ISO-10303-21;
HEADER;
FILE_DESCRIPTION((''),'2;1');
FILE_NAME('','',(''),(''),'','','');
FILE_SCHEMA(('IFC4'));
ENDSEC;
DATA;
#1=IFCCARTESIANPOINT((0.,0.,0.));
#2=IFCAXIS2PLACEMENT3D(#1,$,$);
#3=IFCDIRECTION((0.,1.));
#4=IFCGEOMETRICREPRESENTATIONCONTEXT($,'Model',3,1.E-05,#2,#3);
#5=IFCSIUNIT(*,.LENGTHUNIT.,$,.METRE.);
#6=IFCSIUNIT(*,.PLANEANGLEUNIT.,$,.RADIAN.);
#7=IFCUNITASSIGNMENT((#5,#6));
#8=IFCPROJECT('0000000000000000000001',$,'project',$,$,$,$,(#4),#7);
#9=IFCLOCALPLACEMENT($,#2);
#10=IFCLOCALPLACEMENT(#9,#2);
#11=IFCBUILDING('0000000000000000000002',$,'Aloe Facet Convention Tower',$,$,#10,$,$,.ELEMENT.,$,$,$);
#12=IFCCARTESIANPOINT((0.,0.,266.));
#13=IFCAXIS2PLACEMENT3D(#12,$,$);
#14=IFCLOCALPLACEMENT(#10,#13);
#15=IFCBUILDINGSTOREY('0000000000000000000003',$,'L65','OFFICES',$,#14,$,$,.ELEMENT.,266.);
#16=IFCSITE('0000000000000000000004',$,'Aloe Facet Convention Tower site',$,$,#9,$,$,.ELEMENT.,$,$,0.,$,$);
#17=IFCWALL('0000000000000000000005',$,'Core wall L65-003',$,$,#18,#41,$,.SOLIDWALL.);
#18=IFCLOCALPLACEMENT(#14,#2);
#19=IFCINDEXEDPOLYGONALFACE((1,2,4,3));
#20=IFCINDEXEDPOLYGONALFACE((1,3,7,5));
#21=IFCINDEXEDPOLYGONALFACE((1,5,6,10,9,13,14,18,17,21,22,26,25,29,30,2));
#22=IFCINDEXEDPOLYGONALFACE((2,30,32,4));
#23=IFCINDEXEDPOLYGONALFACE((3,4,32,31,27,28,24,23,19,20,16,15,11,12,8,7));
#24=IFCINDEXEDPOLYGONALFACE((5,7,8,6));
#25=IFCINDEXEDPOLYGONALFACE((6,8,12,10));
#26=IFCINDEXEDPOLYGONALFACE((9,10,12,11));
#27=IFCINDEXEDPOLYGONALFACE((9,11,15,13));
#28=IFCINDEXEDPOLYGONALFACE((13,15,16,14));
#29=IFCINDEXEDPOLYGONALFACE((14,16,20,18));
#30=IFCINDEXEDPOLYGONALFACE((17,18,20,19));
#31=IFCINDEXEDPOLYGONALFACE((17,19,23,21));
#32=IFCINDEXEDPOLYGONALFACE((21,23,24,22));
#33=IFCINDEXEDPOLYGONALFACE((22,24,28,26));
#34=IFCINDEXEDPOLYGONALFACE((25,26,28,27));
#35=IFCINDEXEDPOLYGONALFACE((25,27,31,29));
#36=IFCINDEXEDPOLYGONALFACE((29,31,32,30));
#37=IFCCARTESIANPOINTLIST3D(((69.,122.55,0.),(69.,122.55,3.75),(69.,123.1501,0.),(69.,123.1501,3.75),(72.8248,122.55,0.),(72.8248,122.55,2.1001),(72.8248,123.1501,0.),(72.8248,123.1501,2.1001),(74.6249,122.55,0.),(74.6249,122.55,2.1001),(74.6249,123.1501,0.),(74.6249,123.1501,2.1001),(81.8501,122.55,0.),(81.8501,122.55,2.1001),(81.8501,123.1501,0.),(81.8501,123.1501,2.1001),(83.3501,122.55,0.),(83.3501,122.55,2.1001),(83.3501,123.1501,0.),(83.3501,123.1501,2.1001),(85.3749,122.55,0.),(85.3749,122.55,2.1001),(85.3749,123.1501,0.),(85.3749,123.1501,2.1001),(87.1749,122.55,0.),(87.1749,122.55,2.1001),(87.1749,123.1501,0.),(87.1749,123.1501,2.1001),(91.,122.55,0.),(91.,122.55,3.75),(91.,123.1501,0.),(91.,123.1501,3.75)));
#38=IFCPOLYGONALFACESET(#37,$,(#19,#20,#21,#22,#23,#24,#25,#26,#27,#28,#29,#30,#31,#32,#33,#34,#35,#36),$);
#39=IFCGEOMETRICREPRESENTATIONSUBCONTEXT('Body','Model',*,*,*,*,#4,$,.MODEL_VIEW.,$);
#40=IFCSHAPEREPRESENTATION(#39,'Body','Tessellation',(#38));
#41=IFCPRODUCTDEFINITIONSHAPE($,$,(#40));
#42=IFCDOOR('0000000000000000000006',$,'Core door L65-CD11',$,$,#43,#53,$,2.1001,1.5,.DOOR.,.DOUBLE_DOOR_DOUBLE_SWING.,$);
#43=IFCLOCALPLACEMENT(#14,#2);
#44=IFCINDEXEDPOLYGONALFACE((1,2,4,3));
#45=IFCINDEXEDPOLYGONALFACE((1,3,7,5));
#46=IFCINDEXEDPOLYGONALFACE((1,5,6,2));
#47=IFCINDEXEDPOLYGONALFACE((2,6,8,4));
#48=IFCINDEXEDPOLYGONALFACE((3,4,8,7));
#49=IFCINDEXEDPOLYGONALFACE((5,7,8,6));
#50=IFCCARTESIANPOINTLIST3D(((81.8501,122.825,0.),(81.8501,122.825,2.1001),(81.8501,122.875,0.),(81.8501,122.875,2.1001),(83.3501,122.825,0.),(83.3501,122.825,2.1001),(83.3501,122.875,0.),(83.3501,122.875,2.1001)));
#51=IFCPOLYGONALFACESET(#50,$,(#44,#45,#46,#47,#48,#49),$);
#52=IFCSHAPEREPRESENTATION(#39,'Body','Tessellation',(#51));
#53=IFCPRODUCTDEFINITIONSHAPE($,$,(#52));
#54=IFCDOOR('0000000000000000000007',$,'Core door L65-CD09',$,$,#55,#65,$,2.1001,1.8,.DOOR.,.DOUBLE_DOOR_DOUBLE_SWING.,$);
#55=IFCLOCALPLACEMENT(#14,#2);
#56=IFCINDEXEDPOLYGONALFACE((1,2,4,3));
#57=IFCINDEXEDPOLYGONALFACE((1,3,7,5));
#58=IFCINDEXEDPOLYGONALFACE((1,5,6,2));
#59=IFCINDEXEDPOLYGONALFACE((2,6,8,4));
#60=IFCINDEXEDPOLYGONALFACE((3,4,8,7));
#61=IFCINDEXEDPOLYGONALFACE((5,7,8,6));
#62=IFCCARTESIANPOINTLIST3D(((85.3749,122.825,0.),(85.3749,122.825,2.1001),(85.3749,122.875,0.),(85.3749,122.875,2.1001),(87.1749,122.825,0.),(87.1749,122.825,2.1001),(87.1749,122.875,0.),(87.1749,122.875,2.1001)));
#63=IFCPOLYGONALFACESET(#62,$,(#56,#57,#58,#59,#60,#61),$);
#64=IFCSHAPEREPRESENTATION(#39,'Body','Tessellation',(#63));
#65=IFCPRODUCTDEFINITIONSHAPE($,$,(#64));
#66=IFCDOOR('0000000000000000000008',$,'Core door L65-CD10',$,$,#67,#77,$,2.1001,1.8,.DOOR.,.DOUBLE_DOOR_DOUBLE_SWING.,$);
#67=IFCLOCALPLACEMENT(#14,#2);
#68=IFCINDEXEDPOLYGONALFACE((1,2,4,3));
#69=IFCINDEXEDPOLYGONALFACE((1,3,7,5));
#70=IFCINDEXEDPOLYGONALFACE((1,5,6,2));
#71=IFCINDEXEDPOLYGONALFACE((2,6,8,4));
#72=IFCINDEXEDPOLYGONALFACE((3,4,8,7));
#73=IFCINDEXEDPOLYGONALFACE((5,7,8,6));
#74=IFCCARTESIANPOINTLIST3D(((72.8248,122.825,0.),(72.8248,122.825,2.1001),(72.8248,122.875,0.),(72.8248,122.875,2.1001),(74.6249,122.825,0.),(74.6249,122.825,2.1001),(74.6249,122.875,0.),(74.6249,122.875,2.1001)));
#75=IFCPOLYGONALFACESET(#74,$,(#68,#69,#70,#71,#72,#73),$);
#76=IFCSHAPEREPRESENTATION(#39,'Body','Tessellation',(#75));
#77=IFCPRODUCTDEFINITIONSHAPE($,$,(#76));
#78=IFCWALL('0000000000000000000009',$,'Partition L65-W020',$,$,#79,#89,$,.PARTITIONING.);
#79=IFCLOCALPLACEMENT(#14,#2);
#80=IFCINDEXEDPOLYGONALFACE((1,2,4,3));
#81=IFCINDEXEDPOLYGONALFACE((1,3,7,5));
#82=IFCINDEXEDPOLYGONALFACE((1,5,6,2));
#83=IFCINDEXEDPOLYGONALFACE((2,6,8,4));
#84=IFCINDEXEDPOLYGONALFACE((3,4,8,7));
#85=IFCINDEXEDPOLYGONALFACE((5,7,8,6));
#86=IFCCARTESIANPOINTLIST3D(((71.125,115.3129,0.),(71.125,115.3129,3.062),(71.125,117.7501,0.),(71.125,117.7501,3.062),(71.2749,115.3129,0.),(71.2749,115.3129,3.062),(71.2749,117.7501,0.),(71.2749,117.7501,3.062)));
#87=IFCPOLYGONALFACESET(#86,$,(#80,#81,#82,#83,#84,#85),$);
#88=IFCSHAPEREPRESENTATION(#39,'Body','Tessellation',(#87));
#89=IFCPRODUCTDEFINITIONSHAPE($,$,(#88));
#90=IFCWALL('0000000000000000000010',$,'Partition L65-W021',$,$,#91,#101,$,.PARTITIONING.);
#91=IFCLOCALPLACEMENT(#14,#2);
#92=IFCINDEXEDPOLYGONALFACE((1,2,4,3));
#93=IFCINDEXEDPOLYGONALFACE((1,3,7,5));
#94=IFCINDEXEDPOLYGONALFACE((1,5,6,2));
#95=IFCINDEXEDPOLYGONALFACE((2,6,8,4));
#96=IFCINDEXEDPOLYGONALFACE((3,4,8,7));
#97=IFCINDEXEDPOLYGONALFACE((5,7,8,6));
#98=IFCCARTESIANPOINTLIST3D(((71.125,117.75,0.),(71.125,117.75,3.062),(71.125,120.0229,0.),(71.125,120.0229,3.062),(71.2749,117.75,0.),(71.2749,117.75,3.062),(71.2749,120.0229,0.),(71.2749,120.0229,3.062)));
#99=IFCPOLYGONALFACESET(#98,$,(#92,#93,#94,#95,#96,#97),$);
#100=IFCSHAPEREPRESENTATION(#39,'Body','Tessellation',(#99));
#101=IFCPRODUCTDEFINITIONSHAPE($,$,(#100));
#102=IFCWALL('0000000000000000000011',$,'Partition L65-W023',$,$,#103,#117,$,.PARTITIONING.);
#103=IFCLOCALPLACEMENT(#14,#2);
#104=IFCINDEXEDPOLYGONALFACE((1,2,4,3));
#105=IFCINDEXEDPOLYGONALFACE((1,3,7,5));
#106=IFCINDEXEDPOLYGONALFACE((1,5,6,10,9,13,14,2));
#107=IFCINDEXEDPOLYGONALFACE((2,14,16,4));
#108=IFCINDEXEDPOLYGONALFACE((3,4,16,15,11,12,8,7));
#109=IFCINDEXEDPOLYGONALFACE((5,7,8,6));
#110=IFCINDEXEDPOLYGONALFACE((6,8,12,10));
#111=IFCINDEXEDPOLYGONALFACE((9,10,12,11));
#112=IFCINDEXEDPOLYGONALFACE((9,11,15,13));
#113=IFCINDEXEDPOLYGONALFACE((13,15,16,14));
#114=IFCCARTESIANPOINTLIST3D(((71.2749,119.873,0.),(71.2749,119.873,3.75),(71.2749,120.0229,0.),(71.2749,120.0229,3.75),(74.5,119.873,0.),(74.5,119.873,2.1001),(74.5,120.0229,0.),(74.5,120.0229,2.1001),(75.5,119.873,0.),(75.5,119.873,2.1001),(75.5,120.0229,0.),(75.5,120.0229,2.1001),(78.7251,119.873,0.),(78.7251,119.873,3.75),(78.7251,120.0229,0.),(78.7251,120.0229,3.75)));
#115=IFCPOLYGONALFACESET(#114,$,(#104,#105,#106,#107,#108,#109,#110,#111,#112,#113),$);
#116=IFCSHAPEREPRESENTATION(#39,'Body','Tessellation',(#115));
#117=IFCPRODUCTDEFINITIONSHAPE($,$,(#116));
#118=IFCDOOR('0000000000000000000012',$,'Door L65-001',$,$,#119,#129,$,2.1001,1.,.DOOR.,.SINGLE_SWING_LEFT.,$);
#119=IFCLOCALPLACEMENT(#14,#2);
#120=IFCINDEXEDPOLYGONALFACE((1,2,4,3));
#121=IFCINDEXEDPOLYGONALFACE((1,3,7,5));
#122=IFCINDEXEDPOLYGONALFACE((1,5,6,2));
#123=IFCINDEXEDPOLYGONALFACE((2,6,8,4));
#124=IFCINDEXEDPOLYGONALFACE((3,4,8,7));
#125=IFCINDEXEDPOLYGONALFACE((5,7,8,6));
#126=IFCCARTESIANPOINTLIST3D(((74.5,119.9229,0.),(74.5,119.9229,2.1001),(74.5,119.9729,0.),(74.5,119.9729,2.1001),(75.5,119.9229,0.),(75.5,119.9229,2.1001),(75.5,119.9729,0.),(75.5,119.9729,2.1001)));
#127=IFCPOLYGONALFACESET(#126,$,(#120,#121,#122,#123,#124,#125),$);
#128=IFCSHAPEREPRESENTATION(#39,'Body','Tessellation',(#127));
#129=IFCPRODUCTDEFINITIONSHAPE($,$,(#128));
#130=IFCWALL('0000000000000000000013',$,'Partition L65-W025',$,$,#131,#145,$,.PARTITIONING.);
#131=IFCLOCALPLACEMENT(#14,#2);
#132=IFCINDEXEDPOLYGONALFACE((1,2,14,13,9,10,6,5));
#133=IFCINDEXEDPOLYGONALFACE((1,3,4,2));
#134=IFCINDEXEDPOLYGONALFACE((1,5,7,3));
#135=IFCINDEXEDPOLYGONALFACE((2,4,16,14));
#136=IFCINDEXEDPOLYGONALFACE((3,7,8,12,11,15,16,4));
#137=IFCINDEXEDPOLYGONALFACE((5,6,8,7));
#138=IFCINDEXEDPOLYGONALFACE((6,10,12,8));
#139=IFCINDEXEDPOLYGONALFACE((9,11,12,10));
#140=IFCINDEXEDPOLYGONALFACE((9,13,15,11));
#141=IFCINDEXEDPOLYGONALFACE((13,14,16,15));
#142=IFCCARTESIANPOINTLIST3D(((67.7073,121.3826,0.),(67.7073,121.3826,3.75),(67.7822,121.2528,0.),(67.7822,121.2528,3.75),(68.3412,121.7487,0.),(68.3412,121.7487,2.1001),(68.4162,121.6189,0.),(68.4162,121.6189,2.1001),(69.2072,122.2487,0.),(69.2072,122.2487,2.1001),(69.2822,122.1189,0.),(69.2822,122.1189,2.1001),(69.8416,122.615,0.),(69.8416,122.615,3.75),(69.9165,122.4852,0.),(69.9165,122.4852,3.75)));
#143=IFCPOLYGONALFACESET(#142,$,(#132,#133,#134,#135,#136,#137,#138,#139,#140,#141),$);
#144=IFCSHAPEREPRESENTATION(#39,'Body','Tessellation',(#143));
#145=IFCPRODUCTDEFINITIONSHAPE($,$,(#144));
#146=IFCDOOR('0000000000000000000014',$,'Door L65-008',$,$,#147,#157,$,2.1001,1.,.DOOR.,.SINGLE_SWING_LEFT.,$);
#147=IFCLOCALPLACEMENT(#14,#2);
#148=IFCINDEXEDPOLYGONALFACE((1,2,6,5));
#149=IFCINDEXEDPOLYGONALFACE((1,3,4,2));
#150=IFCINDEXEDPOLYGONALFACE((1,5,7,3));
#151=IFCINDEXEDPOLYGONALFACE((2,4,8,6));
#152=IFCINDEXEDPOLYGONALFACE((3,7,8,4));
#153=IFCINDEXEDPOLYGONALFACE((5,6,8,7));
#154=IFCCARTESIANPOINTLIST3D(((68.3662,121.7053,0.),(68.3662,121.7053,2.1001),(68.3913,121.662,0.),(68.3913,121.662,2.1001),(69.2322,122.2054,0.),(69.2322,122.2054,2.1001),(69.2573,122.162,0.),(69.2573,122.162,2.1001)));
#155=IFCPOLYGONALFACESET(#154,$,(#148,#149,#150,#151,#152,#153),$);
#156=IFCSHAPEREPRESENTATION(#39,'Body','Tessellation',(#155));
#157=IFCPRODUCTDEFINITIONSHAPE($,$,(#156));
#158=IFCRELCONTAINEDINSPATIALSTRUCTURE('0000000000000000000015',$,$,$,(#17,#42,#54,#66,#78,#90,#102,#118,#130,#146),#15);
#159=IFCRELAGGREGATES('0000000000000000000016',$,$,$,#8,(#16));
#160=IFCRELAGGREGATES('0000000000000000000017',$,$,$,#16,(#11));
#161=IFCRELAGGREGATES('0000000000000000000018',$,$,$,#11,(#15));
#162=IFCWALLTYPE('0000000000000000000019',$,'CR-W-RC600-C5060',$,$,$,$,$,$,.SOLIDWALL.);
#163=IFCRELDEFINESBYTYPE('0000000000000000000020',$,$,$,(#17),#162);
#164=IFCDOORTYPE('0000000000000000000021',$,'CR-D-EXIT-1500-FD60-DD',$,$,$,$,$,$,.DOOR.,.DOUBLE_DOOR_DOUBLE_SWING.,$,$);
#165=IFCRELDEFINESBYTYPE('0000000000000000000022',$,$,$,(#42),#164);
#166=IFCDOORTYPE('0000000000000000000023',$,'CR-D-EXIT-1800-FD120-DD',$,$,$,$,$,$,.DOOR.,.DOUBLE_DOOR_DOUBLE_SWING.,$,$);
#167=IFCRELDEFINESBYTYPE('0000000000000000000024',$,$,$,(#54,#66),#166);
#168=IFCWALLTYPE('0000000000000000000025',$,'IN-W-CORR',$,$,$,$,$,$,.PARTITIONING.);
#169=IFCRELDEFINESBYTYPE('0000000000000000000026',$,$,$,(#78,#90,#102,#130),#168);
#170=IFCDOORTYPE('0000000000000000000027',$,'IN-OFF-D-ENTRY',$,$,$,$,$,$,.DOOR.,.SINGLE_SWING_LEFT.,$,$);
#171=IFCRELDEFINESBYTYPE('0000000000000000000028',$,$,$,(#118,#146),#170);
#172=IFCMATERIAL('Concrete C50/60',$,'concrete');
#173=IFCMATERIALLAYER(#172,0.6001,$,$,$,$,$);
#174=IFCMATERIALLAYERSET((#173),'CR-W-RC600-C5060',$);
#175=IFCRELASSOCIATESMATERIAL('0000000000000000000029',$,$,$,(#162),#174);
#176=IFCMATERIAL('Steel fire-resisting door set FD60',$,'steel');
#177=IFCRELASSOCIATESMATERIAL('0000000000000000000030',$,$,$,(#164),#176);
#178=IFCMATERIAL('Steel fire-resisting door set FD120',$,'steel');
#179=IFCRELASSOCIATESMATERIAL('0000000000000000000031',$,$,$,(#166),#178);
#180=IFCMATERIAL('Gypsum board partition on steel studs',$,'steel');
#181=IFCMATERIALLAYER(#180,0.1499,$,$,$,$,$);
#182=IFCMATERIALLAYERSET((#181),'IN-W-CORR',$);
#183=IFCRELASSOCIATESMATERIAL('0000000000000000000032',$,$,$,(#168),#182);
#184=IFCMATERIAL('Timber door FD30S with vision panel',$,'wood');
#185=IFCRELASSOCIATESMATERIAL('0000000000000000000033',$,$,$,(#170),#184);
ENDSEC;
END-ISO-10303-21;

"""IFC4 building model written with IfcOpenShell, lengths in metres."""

from ifc_helpers import new_model, si_unit, direction, frame, frame_2d, origin, place, context, subcontext, project, spatial, rectangle, extrude, material, layer, layer_set, type_object, element, fill, save


model = new_model("IFC4")

# Units and contexts
model_context = context("Model", 3, precision=1e-05, world=origin(), true_north=direction((0.0, 1.0)))
body_context = subcontext(model_context, "Body", "Model", "MODEL_VIEW")
ifc_project = project(units=[si_unit("LENGTHUNIT", "METRE"), si_unit("PLANEANGLEUNIT", "RADIAN")], contexts=[model_context])

# Site, building, storey
site_placement = place(None, origin())
site = spatial("IfcSite", under=ifc_project, at=site_placement, Name="Aloe Facet Convention Tower site", CompositionType="ELEMENT", RefElevation=0.0)
building_placement = place(site_placement, origin())
building = spatial("IfcBuilding", under=site, at=building_placement, Name="Aloe Facet Convention Tower", CompositionType="ELEMENT")
storey_placement = place(building_placement, frame((0.0, 0.0, 266.0)))
storey = spatial("IfcBuildingStorey", under=building, at=storey_placement, Name="L65", Description="OFFICES", CompositionType="ELEMENT", Elevation=266.0)

# Wall, openings, doors
ifc_material_1 = material(Name="Concrete C50/60", Category="concrete")
ifc_layer_1 = layer(ifc_material_1, 0.6001)
ifc_layer_set_1 = layer_set([ifc_layer_1], Name="CR-W-RC600-C5060")
wall_type_1 = type_object("IfcWallType", Name="CR-W-RC600-C5060", PredefinedType="SOLIDWALL", material=ifc_layer_set_1)
wall_1_placement = place(storey_placement, frame((69.0, 122.8501, 0.0), z_axis=(0.0, 0.0, 1.0), x_axis=(1.0, 0.0, 0.0)))
wall_1 = element("IfcWall", 1, at=wall_1_placement, inside=storey, type_object=wall_type_1, Name="Core wall L65-003", PredefinedType="SOLIDWALL", context=body_context, shape_type="SweptSolid", body=[
    extrude(rectangle(XDim=22.0, YDim=0.6001, at=frame_2d((11.0, 0.0))), origin(), (0.0, 0.0, 1.0), 3.75),
])
opening_1_placement = place(wall_1_placement, frame((16.375, 0.0, 0.0)))
opening_1 = element("IfcOpeningElement", 2, at=opening_1_placement, cuts=wall_1, PredefinedType="OPENING", context=body_context, shape_type="SweptSolid", body=[
    extrude(rectangle(XDim=1.8, YDim=2.1001, at=frame_2d((0.8999, 1.05))), frame((0.0, 0.3101, 0.0), z_axis=(0.0, -1.0, 0.0), x_axis=(1.0, 0.0, 0.0)), (0.0, 0.0, 1.0), 0.6201),
])
opening_2_placement = place(wall_1_placement, frame((3.825, 0.0, 0.0)))
opening_2 = element("IfcOpeningElement", 3, at=opening_2_placement, cuts=wall_1, PredefinedType="OPENING", context=body_context, shape_type="SweptSolid", body=[
    extrude(rectangle(XDim=1.8, YDim=2.1001, at=frame_2d((0.8999, 1.05))), frame((0.0, 0.3101, 0.0), z_axis=(0.0, -1.0, 0.0), x_axis=(1.0, 0.0, 0.0)), (0.0, 0.0, 1.0), 0.6201),
])
opening_3_placement = place(wall_1_placement, frame((12.8501, 0.0, 0.0)))
opening_3 = element("IfcOpeningElement", 4, at=opening_3_placement, cuts=wall_1, PredefinedType="OPENING", context=body_context, shape_type="SweptSolid", body=[
    extrude(rectangle(XDim=1.5, YDim=2.1001, at=frame_2d((0.75, 1.05))), frame((0.0, 0.3101, 0.0), z_axis=(0.0, -1.0, 0.0), x_axis=(1.0, 0.0, 0.0)), (0.0, 0.0, 1.0), 0.6201),
])
ifc_material_2 = material(Name="Steel fire-resisting door set FD60", Category="steel")
door_type_1 = type_object("IfcDoorType", Name="CR-D-EXIT-1500-FD60-DD", OperationType="DOUBLE_DOOR_DOUBLE_SWING", PredefinedType="DOOR", material=ifc_material_2)
door_1_placement = place(opening_3_placement, origin())
door_1 = element("IfcDoor", 5, at=door_1_placement, inside=storey, type_object=door_type_1, Name="Core door L65-CD11", OperationType="DOUBLE_DOOR_DOUBLE_SWING", OverallHeight=2.1001, OverallWidth=1.5, PredefinedType="DOOR", context=body_context, shape_type="SweptSolid", body=[
    extrude(rectangle(XDim=1.5, YDim=2.1001, at=frame_2d((0.75, 1.05))), frame((0.0, 0.0249, 0.0), z_axis=(0.0, -1.0, 0.0), x_axis=(1.0, 0.0, 0.0)), (0.0, 0.0, 1.0), 0.05),
])
fill(opening_3, door_1)
ifc_material_3 = material(Name="Steel fire-resisting door set FD120", Category="steel")
door_type_2 = type_object("IfcDoorType", Name="CR-D-EXIT-1800-FD120-DD", OperationType="DOUBLE_DOOR_DOUBLE_SWING", PredefinedType="DOOR", material=ifc_material_3)
door_2_placement = place(opening_1_placement, origin())
door_2 = element("IfcDoor", 6, at=door_2_placement, inside=storey, type_object=door_type_2, Name="Core door L65-CD09", OperationType="DOUBLE_DOOR_DOUBLE_SWING", OverallHeight=2.1001, OverallWidth=1.8, PredefinedType="DOOR", context=body_context, shape_type="SweptSolid", body=[
    extrude(rectangle(XDim=1.8, YDim=2.1001, at=frame_2d((0.8999, 1.05))), frame((0.0, 0.0249, 0.0), z_axis=(0.0, -1.0, 0.0), x_axis=(1.0, 0.0, 0.0)), (0.0, 0.0, 1.0), 0.05),
])
fill(opening_1, door_2)
door_3_placement = place(opening_2_placement, origin())
door_3 = element("IfcDoor", 7, at=door_3_placement, inside=storey, type_object=door_type_2, Name="Core door L65-CD10", OperationType="DOUBLE_DOOR_DOUBLE_SWING", OverallHeight=2.1001, OverallWidth=1.8, PredefinedType="DOOR", context=body_context, shape_type="SweptSolid", body=[
    extrude(rectangle(XDim=1.8, YDim=2.1001, at=frame_2d((0.8999, 1.05))), frame((0.0, 0.0249, 0.0), z_axis=(0.0, -1.0, 0.0), x_axis=(1.0, 0.0, 0.0)), (0.0, 0.0, 1.0), 0.05),
])
fill(opening_2, door_3)

# Walls
ifc_material_4 = material(Name="Gypsum board partition on steel studs", Category="steel")
ifc_layer_2 = layer(ifc_material_4, 0.1499)
ifc_layer_set_2 = layer_set([ifc_layer_2], Name="IN-W-CORR")
wall_type_2 = type_object("IfcWallType", Name="IN-W-CORR", PredefinedType="PARTITIONING", material=ifc_layer_set_2)
wall_2_placement = place(storey_placement, frame((71.2, 115.3127, 0.0), z_axis=(0.0, 0.0, 1.0), x_axis=(0.0, 1.0, 0.0)))
element("IfcWall", 8, at=wall_2_placement, inside=storey, type_object=wall_type_2, Name="Partition L65-W020", PredefinedType="PARTITIONING", context=body_context, shape_type="SweptSolid", body=[
    extrude(rectangle(XDim=2.4373, YDim=0.1499, at=frame_2d((1.2188, 0.0))), origin(), (0.0, 0.0, 1.0), 3.062),
])
wall_3_placement = place(storey_placement, frame((71.2, 117.75, 0.0), z_axis=(0.0, 0.0, 1.0), x_axis=(0.0, 1.0, 0.0)))
element("IfcWall", 9, at=wall_3_placement, inside=storey, type_object=wall_type_2, Name="Partition L65-W021", PredefinedType="PARTITIONING", context=body_context, shape_type="SweptSolid", body=[
    extrude(rectangle(XDim=2.2729, YDim=0.1499, at=frame_2d((1.1365, 0.0))), origin(), (0.0, 0.0, 1.0), 3.062),
])

# Walls, openings, doors
wall_4_placement = place(storey_placement, frame((71.2749, 119.948, 0.0), z_axis=(0.0, 0.0, 1.0), x_axis=(1.0, 0.0, 0.0)))
wall_4 = element("IfcWall", 10, at=wall_4_placement, inside=storey, type_object=wall_type_2, Name="Partition L65-W023", PredefinedType="PARTITIONING", context=body_context, shape_type="SweptSolid", body=[
    extrude(rectangle(XDim=7.4502, YDim=0.1499, at=frame_2d((3.7251, 0.0))), origin(), (0.0, 0.0, 1.0), 3.75),
])
opening_4_placement = place(wall_4_placement, frame((3.2251, 0.0, 0.0)))
opening_4 = element("IfcOpeningElement", 11, at=opening_4_placement, cuts=wall_4, PredefinedType="OPENING", context=body_context, shape_type="SweptSolid", body=[
    extrude(rectangle(XDim=1.0, YDim=2.1001, at=frame_2d((0.5, 1.05))), frame((0.0, 0.085, 0.0), z_axis=(0.0, -1.0, 0.0), x_axis=(1.0, 0.0, 0.0)), (0.0, 0.0, 1.0), 0.1699),
])
ifc_material_5 = material(Name="Timber door FD30S with vision panel", Category="wood")
door_type_3 = type_object("IfcDoorType", Name="IN-OFF-D-ENTRY", OperationType="SINGLE_SWING_LEFT", PredefinedType="DOOR", material=ifc_material_5)
door_4_placement = place(opening_4_placement, origin())
door_4 = element("IfcDoor", 12, at=door_4_placement, inside=storey, type_object=door_type_3, Name="Door L65-001", OperationType="SINGLE_SWING_LEFT", OverallHeight=2.1001, OverallWidth=1.0, PredefinedType="DOOR", context=body_context, shape_type="SweptSolid", body=[
    extrude(rectangle(XDim=1.0, YDim=2.1001, at=frame_2d((0.5, 1.05))), frame((0.0, 0.0249, 0.0), z_axis=(0.0, -1.0, 0.0), x_axis=(1.0, 0.0, 0.0)), (0.0, 0.0, 1.0), 0.05),
])
fill(opening_4, door_4)
wall_5_placement = place(storey_placement, frame((67.7446, 121.3176, 0.0), z_axis=(0.0, 0.0, 1.0), x_axis=(0.865991, 0.50006, 0.0)))
wall_5 = element("IfcWall", 13, at=wall_5_placement, inside=storey, type_object=wall_type_2, Name="Partition L65-W025", PredefinedType="PARTITIONING", context=body_context, shape_type="SweptSolid", body=[
    extrude(rectangle(XDim=2.4646, YDim=0.1499, at=frame_2d((1.2324, 0.0))), origin(), (0.0, 0.0, 1.0), 3.75),
])
opening_5_placement = place(wall_5_placement, frame((0.7322, 0.0, 0.0)))
opening_5 = element("IfcOpeningElement", 14, at=opening_5_placement, cuts=wall_5, PredefinedType="OPENING", context=body_context, shape_type="SweptSolid", body=[
    extrude(rectangle(XDim=1.0, YDim=2.1001, at=frame_2d((0.5, 1.05))), frame((0.0, 0.085, 0.0), z_axis=(0.0, -1.0, 0.0), x_axis=(1.0, 0.0, 0.0)), (0.0, 0.0, 1.0), 0.1699),
])
door_5_placement = place(opening_5_placement, origin())
door_5 = element("IfcDoor", 15, at=door_5_placement, inside=storey, type_object=door_type_3, Name="Door L65-008", OperationType="SINGLE_SWING_LEFT", OverallHeight=2.1001, OverallWidth=1.0, PredefinedType="DOOR", context=body_context, shape_type="SweptSolid", body=[
    extrude(rectangle(XDim=1.0, YDim=2.1001, at=frame_2d((0.5, 1.05))), frame((0.0, 0.0249, 0.0), z_axis=(0.0, -1.0, 0.0), x_axis=(1.0, 0.0, 0.0)), (0.0, 0.0, 1.0), 0.05),
])
fill(opening_5, door_5)

save(model, "model.ifc")
